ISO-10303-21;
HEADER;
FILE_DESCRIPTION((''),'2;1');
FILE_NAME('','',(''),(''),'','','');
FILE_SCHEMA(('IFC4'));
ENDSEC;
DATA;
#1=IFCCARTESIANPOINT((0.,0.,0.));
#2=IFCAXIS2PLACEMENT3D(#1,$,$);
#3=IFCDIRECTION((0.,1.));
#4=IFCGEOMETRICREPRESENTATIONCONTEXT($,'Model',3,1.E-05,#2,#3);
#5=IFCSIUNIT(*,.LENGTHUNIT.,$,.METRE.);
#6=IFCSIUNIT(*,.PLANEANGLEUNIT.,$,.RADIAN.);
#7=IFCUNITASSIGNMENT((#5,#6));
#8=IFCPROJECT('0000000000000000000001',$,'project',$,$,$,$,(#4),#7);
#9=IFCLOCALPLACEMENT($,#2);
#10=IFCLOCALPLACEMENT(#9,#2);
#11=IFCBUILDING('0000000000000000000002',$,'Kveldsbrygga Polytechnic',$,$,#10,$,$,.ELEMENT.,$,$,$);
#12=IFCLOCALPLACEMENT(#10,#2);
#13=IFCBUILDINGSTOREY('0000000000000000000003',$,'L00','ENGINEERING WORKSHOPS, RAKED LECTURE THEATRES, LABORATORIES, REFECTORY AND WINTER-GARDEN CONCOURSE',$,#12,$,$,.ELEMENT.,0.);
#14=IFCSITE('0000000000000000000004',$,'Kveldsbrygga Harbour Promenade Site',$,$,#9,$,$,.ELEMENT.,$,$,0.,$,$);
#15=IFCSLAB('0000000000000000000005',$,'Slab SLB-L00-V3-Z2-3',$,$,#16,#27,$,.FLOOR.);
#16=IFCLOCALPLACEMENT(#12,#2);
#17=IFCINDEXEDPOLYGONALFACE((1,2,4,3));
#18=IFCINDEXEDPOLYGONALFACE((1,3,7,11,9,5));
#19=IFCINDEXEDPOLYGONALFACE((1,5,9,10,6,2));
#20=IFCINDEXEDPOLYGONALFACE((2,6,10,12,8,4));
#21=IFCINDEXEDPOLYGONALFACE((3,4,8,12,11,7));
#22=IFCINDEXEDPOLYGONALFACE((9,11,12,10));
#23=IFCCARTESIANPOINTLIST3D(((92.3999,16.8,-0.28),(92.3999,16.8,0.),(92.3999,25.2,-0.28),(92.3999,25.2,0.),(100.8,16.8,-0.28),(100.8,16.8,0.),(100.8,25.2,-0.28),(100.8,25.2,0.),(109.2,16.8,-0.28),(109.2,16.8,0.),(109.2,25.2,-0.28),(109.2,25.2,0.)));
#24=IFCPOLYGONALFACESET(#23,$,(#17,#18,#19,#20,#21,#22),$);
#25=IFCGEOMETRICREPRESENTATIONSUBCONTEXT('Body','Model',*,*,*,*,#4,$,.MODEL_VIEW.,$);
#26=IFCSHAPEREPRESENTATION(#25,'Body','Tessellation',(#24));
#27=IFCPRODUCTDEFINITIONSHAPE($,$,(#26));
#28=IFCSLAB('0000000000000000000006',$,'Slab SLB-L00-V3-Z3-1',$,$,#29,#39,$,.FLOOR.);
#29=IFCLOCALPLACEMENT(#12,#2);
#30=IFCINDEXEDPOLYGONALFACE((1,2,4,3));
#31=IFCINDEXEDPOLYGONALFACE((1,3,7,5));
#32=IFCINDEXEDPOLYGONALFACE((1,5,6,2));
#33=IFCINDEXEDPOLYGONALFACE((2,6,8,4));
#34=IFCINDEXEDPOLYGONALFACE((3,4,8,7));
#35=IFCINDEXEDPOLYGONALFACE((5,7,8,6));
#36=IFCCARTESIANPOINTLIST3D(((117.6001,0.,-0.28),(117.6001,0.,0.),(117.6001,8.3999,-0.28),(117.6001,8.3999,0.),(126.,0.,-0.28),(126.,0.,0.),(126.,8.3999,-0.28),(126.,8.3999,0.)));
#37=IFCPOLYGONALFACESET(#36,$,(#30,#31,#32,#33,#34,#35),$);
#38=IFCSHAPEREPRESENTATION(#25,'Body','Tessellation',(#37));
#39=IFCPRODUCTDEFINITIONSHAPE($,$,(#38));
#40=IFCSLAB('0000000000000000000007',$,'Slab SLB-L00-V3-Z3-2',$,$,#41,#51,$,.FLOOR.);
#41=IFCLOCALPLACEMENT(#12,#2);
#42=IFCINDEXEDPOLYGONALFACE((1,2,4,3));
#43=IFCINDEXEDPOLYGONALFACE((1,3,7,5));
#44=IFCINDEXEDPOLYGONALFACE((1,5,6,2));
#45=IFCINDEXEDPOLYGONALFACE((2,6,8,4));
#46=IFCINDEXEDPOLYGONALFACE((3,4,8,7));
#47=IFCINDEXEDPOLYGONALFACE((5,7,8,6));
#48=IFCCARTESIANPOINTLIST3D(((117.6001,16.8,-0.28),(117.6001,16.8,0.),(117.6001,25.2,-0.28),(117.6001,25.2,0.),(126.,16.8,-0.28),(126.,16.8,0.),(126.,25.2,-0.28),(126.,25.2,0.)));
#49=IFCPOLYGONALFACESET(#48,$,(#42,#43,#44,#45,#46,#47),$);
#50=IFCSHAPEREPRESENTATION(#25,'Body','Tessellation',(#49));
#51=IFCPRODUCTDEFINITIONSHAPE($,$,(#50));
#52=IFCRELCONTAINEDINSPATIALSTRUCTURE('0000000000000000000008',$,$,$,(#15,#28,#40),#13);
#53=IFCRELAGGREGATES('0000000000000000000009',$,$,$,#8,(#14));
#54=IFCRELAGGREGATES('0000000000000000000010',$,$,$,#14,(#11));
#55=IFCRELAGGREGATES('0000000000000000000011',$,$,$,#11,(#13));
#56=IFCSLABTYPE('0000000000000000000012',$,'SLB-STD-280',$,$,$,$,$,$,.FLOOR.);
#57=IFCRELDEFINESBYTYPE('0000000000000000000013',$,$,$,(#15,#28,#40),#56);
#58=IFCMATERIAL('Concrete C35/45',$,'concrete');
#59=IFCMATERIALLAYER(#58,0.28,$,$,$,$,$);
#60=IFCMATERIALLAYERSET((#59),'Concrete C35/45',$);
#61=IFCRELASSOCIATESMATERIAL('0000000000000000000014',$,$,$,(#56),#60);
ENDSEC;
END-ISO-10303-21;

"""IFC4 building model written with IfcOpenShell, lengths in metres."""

from ifc_helpers import new_model, si_unit, direction, frame, origin, place, context, subcontext, project, spatial, polyline, outline, extrude, material, layer, layer_set, type_object, element, save


model = new_model("IFC4")

# Units and contexts
model_context = context("Model", 3, precision=1e-05, world=origin(), true_north=direction((0.0, 1.0)))
body_context = subcontext(model_context, "Body", "Model", "MODEL_VIEW")
ifc_project = project(units=[si_unit("LENGTHUNIT", "METRE"), si_unit("PLANEANGLEUNIT", "RADIAN")], contexts=[model_context])

# Site, building, storey
site_placement = place(None, origin())
site = spatial("IfcSite", under=ifc_project, at=site_placement, Name="Kveldsbrygga Harbour Promenade Site", CompositionType="ELEMENT", RefElevation=0.0)
building_placement = place(site_placement, origin())
building = spatial("IfcBuilding", under=site, at=building_placement, Name="Kveldsbrygga Polytechnic", CompositionType="ELEMENT")
storey_placement = place(building_placement, origin())
storey = spatial("IfcBuildingStorey", under=building, at=storey_placement, Name="L00", Description="ENGINEERING WORKSHOPS, RAKED LECTURE THEATRES, LABORATORIES, REFECTORY AND WINTER-GARDEN CONCOURSE", CompositionType="ELEMENT", Elevation=0.0)

# Shared definitions
ifc_material = material(Name="Concrete C35/45", Category="concrete")

# Slabs
ifc_layer_1 = layer(ifc_material, 0.28)
ifc_layer_set_1 = layer_set([ifc_layer_1], Name="Concrete C35/45")
slab_type_1 = type_object("IfcSlabType", Name="SLB-STD-280", PredefinedType="FLOOR", material=ifc_layer_set_1)
slab_1_placement = place(storey_placement, frame((0.0, 0.0, -0.28)))
element("IfcSlab", 1, at=slab_1_placement, inside=storey, type_object=slab_type_1, Name="Slab SLB-L00-V3-Z2-3", PredefinedType="FLOOR", context=body_context, shape_type="SweptSolid", body=[
    extrude(outline(polyline([(92.3999, 25.2), (100.8, 25.2), (109.2, 25.2), (109.2, 16.8), (100.8, 16.8), (92.3999, 16.8), (92.3999, 25.2)])), origin(), (0.0, 0.0, 1.0), 0.28),
])
slab_2_placement = place(storey_placement, frame((0.0, 0.0, -0.28)))
element("IfcSlab", 2, at=slab_2_placement, inside=storey, type_object=slab_type_1, Name="Slab SLB-L00-V3-Z3-1", PredefinedType="FLOOR", context=body_context, shape_type="SweptSolid", body=[
    extrude(outline(polyline([(117.6001, 0.0), (117.6001, 8.3999), (126.0, 8.3999), (126.0, 0.0), (117.6001, 0.0)])), origin(), (0.0, 0.0, 1.0), 0.28),
])
slab_3_placement = place(storey_placement, frame((0.0, 0.0, -0.28)))
element("IfcSlab", 3, at=slab_3_placement, inside=storey, type_object=slab_type_1, Name="Slab SLB-L00-V3-Z3-2", PredefinedType="FLOOR", context=body_context, shape_type="SweptSolid", body=[
    extrude(outline(polyline([(117.6001, 16.8), (117.6001, 25.2), (126.0, 25.2), (126.0, 16.8), (117.6001, 16.8)])), origin(), (0.0, 0.0, 1.0), 0.28),
])

save(model, "model.ifc")
